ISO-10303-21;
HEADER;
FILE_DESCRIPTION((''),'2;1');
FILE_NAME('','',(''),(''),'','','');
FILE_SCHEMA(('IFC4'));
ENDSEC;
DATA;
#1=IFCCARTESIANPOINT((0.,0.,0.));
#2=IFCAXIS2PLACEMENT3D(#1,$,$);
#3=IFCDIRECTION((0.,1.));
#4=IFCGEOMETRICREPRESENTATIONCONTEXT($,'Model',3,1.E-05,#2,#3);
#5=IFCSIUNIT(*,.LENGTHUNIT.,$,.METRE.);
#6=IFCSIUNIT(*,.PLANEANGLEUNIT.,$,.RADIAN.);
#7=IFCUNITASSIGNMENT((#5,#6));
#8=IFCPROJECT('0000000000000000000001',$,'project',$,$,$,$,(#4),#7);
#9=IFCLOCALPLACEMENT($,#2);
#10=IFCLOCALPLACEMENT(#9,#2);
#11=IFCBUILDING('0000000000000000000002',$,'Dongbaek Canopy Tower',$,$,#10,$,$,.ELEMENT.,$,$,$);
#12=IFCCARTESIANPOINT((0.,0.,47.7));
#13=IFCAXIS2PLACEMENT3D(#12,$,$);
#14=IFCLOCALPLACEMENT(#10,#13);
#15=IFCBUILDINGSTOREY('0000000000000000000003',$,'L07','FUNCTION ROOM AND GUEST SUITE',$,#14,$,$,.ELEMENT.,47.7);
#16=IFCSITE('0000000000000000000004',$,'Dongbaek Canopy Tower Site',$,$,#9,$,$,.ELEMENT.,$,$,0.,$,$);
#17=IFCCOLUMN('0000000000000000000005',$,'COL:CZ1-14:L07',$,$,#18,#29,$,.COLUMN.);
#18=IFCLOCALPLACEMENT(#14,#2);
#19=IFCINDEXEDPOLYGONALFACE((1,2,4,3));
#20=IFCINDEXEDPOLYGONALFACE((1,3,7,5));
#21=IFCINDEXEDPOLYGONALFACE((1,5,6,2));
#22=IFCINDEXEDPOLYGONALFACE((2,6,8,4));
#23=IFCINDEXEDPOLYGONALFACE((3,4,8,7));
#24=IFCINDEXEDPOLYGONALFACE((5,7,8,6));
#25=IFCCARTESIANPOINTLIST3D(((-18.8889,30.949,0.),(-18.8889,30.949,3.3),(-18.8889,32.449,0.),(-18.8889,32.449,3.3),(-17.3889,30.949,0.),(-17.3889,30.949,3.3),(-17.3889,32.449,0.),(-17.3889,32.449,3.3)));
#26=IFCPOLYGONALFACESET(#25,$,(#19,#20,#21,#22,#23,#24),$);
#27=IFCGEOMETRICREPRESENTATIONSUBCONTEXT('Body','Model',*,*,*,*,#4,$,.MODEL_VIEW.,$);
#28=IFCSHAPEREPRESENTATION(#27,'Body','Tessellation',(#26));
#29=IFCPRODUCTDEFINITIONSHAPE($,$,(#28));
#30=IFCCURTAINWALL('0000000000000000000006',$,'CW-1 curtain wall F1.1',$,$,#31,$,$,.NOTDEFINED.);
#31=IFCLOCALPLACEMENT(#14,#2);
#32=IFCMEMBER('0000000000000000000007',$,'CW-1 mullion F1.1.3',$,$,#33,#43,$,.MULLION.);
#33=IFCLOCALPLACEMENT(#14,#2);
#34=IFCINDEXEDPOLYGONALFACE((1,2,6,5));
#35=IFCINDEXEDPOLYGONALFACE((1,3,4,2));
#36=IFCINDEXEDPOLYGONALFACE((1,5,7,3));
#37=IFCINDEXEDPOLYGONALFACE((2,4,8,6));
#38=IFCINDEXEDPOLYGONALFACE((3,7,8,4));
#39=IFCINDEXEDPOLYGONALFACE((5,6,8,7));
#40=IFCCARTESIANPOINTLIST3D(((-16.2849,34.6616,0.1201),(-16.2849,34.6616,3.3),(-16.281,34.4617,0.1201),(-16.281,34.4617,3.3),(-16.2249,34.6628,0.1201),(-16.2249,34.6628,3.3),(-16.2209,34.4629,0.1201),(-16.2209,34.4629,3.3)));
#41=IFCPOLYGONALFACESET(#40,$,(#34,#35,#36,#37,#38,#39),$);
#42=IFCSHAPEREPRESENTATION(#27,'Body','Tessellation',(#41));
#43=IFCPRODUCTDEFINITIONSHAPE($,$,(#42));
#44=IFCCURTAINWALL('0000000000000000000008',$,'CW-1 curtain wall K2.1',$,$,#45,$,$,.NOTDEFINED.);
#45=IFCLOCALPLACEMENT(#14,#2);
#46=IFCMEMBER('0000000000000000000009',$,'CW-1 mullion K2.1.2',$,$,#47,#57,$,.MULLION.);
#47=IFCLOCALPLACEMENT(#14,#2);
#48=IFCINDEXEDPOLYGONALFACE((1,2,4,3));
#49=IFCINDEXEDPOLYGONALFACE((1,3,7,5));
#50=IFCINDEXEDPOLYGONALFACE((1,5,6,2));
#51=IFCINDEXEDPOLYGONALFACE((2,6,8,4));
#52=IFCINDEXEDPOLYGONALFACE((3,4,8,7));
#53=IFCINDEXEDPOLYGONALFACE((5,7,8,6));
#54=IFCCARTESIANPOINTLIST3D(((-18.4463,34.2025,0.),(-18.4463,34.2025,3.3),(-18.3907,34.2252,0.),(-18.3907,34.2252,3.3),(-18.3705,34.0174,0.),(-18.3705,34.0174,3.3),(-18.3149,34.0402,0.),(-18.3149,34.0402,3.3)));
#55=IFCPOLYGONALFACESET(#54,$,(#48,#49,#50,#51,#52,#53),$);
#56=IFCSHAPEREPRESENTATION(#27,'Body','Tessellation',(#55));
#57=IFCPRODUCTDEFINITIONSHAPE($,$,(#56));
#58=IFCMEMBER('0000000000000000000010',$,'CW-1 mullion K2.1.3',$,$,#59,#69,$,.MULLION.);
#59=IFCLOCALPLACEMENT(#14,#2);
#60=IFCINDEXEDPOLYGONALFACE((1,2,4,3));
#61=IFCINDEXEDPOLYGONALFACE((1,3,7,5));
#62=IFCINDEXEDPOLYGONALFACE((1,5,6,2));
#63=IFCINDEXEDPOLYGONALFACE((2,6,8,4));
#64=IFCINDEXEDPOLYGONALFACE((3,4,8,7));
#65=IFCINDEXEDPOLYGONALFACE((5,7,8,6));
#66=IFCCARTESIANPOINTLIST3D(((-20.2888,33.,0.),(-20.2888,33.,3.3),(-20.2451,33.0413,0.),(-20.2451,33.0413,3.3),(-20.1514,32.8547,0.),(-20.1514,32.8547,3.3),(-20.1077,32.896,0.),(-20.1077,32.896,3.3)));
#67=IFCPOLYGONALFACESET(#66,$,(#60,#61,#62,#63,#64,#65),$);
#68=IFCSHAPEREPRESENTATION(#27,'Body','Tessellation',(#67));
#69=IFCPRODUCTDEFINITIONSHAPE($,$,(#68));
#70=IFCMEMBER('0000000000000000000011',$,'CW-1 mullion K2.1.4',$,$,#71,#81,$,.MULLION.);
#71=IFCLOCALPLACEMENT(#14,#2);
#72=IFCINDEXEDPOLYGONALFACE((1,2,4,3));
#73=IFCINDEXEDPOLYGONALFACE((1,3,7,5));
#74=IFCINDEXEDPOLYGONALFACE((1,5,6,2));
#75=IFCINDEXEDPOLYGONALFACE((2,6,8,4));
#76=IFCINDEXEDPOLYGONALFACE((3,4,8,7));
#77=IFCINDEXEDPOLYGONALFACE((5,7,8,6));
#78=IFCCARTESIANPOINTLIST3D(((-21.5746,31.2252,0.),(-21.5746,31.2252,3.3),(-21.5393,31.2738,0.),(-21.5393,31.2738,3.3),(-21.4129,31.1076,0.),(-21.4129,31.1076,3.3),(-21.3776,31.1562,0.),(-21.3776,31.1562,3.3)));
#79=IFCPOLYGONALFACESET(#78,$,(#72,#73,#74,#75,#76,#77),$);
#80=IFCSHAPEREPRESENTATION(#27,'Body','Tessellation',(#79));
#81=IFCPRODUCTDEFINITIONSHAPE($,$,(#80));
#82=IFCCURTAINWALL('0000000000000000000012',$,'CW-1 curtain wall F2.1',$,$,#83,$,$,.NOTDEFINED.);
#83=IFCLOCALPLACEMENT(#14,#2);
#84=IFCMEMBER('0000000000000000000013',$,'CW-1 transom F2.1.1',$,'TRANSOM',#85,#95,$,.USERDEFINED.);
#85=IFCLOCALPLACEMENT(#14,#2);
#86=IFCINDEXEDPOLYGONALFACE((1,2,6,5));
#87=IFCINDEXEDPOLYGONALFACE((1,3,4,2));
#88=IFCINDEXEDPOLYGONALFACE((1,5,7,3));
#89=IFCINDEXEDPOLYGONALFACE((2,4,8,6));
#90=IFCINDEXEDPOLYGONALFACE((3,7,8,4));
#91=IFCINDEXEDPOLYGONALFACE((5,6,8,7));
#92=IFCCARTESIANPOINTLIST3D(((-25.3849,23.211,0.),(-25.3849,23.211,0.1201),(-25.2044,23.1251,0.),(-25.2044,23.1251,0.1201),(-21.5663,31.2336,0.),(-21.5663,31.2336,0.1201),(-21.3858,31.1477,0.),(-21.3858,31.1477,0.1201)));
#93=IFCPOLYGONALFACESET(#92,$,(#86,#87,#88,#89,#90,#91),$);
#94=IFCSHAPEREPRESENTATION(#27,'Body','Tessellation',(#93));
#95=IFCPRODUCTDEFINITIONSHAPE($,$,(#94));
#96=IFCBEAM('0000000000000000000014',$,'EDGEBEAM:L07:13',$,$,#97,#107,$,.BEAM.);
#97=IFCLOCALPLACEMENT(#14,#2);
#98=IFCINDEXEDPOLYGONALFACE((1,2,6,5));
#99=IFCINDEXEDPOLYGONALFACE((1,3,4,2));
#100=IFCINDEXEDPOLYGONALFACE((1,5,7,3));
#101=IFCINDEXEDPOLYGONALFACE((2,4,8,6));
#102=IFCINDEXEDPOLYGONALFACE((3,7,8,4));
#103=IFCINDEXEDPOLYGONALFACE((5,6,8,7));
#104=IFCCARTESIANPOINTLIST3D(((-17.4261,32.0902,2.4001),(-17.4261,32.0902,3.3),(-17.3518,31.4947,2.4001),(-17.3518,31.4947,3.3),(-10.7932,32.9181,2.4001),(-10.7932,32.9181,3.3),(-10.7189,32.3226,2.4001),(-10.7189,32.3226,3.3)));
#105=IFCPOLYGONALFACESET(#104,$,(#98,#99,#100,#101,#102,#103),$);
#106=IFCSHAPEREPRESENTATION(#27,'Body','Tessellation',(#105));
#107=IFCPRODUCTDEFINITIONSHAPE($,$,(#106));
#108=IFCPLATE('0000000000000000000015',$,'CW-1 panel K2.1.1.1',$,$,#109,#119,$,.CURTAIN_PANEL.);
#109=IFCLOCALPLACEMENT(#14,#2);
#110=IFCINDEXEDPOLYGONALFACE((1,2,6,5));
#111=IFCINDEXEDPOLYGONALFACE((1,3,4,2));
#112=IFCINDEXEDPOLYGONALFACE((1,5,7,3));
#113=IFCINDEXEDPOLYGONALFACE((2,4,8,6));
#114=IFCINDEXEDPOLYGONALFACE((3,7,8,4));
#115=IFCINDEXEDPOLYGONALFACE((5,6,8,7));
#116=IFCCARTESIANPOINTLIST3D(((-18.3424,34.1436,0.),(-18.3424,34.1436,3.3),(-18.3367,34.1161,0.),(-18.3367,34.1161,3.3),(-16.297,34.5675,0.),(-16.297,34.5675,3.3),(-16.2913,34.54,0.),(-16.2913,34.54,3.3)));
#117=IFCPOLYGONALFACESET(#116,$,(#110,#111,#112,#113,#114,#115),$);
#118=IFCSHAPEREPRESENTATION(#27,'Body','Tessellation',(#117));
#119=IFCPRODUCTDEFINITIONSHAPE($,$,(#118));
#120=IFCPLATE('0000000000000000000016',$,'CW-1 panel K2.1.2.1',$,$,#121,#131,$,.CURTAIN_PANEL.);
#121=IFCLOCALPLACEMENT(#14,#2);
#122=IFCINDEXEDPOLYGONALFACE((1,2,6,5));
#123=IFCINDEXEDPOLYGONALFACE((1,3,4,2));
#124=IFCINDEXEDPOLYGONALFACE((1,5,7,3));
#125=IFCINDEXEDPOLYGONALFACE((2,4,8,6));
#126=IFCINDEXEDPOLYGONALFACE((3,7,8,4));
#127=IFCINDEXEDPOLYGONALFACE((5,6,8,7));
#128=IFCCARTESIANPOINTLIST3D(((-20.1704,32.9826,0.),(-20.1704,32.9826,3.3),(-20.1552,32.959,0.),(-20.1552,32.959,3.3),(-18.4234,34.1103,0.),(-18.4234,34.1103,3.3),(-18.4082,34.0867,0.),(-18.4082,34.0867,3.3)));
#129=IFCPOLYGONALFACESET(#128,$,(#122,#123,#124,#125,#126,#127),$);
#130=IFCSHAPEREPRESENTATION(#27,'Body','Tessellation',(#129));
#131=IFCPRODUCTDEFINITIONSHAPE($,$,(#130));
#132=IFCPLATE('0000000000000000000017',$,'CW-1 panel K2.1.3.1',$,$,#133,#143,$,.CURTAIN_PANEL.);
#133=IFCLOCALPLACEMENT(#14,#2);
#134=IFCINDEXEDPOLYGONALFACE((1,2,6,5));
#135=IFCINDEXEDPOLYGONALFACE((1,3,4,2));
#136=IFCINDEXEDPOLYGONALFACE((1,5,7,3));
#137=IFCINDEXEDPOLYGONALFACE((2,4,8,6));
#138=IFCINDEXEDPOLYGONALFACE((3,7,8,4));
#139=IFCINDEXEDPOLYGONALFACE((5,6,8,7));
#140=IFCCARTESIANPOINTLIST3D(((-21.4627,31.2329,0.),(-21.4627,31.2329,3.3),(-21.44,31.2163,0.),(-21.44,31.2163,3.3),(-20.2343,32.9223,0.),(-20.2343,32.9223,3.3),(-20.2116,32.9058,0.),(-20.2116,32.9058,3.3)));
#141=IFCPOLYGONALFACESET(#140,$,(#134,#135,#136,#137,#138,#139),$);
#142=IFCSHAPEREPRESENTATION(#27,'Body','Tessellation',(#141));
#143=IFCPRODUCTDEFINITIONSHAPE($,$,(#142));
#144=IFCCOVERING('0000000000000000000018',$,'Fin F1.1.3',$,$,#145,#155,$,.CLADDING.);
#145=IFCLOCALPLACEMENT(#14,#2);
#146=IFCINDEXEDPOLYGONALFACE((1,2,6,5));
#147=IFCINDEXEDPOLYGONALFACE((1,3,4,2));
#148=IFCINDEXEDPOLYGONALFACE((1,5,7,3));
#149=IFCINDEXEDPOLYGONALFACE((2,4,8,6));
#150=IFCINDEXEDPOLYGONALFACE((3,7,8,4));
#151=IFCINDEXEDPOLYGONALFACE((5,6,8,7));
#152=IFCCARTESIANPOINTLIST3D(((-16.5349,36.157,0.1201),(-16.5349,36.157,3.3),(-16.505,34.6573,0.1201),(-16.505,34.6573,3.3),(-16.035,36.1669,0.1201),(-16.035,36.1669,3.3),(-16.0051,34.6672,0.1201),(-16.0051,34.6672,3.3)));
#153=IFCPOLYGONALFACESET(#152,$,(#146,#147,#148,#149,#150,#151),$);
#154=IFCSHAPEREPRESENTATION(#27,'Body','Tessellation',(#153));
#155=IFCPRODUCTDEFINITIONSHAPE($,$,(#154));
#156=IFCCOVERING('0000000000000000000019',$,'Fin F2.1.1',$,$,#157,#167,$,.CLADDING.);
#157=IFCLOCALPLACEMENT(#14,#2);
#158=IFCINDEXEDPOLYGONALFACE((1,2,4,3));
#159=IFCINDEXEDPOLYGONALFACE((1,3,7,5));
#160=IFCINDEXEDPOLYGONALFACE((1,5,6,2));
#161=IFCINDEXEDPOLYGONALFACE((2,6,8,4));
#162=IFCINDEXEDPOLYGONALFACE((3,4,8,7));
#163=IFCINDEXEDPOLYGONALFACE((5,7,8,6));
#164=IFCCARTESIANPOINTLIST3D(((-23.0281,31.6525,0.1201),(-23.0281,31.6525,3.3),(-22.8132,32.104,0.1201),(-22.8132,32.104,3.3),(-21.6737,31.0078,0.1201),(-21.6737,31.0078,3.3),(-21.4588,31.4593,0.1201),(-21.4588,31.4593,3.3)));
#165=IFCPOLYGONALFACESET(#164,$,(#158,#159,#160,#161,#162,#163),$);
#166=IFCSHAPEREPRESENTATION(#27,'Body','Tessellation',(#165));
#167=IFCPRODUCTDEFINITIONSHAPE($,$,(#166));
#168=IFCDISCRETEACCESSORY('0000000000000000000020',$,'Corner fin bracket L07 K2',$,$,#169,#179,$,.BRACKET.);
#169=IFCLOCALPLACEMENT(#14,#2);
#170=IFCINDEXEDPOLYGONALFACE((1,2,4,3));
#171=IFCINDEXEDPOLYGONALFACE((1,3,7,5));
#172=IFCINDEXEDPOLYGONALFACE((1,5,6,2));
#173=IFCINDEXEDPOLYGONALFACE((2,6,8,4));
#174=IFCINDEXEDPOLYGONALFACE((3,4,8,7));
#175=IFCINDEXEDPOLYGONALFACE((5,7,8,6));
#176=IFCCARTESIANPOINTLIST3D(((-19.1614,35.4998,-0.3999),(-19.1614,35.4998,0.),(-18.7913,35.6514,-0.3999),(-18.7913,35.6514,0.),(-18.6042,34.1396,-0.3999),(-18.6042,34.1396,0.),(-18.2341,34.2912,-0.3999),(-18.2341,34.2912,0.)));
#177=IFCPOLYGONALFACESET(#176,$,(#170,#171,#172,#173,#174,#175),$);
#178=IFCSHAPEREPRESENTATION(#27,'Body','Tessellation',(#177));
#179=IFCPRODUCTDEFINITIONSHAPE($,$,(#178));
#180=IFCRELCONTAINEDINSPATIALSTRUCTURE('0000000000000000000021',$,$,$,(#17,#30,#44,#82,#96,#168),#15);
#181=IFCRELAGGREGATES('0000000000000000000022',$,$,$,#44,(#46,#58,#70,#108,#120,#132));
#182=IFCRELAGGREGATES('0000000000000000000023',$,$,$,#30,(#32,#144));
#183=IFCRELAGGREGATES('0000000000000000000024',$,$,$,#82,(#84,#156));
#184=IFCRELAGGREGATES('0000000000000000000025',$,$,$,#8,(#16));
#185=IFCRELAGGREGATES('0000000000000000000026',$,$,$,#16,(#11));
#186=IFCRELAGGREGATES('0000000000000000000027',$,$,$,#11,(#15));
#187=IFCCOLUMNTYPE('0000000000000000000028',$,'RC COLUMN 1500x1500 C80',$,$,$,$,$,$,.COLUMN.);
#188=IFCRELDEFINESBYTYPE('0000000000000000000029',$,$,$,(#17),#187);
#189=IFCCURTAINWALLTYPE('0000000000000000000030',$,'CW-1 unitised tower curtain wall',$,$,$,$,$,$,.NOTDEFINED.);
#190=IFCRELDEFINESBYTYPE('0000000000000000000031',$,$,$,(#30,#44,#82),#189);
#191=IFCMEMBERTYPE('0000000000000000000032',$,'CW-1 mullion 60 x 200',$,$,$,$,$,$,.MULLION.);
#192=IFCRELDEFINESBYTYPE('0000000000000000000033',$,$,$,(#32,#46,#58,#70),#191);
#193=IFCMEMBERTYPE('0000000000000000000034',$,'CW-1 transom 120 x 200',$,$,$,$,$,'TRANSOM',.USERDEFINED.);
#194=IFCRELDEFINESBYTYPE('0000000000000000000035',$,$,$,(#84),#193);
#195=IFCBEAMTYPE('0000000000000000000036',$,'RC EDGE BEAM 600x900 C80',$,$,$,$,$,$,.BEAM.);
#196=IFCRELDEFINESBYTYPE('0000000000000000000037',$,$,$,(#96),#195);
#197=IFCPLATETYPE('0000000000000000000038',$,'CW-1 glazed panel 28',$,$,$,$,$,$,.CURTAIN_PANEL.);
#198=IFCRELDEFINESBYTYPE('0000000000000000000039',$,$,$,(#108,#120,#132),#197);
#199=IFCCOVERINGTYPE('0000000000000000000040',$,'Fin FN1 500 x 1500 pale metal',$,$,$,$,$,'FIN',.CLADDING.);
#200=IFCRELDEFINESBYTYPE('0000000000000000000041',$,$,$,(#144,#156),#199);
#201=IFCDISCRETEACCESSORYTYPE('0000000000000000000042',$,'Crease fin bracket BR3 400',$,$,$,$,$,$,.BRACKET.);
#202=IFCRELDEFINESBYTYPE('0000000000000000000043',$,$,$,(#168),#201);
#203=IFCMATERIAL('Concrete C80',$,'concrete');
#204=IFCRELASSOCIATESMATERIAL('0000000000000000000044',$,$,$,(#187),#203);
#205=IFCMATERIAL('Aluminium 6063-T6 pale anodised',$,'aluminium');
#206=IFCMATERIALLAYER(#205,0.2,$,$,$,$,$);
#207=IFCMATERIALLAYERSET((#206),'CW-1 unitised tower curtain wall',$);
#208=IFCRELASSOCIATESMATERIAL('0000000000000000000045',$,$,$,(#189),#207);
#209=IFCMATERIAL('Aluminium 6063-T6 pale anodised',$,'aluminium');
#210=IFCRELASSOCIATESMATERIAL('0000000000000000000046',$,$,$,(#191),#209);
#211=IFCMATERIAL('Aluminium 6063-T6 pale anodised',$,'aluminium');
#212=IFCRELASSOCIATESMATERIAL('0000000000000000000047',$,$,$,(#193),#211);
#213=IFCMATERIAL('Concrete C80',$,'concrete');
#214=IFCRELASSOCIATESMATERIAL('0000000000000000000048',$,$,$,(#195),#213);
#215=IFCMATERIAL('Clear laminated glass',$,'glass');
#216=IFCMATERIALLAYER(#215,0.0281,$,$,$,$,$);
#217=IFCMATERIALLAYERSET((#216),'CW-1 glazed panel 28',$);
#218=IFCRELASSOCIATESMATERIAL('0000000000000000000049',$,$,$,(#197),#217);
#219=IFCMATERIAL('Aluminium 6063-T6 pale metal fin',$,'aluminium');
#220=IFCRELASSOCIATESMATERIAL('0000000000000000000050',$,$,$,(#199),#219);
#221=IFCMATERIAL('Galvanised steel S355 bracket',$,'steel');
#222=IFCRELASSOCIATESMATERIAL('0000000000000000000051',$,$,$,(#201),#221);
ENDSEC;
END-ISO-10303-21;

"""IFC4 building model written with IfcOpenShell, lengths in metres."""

from ifc_helpers import new_model, si_unit, direction, frame, origin, origin_2d, place, context, subcontext, project, spatial, rectangle, extrude, material, layer, layer_set, material_profile, profile_set, type_object, element, aggregate, save


model = new_model("IFC4")

# Units and contexts
model_context = context("Model", 3, precision=1e-05, world=origin(), true_north=direction((0.0, 1.0)))
body_context = subcontext(model_context, "Body", "Model", "MODEL_VIEW")
ifc_project = project(units=[si_unit("LENGTHUNIT", "METRE"), si_unit("PLANEANGLEUNIT", "RADIAN")], contexts=[model_context])

# Site, building, storey
site_placement = place(None, origin())
site = spatial("IfcSite", under=ifc_project, at=site_placement, Name="Dongbaek Canopy Tower Site", CompositionType="ELEMENT", RefElevation=0.0)
building_placement = place(site_placement, origin())
building = spatial("IfcBuilding", under=site, at=building_placement, Name="Dongbaek Canopy Tower", CompositionType="ELEMENT")
storey_placement = place(building_placement, frame((0.0, 0.0, 47.7)))
storey = spatial("IfcBuildingStorey", under=building, at=storey_placement, Name="L07", Description="FUNCTION ROOM AND GUEST SUITE", CompositionType="ELEMENT", Elevation=47.7)

# Column
ifc_material_1 = material(Name="Concrete C80", Category="concrete")
ifc_material_profile_1 = material_profile(ifc_material_1, rectangle(XDim=1.5, YDim=1.5, at=origin_2d()), Name="RC COLUMN 1500x1500 C80")
ifc_profile_set_1 = profile_set([ifc_material_profile_1], Name="Concrete C80")
column_type = type_object("IfcColumnType", Name="RC COLUMN 1500x1500 C80", PredefinedType="COLUMN", material=ifc_profile_set_1)
column_placement = place(storey_placement, frame((-18.1389, 31.699, 0.0), z_axis=(0.0, 0.0, 1.0), x_axis=(1.0, 0.0, 0.0)))
element("IfcColumn", 1, at=column_placement, inside=storey, type_object=column_type, Name="COL:CZ1-14:L07", PredefinedType="COLUMN", context=body_context, shape_type="SweptSolid", body=[
    extrude(rectangle(XDim=1.5, YDim=1.5, at=origin_2d()), origin(), (0.0, 0.0, 1.0), 3.3),
])

# Curtain wall, member
ifc_material_2 = material(Name="Aluminium 6063-T6 pale anodised", Category="aluminium")
ifc_layer_1 = layer(ifc_material_2, 0.2)
ifc_layer_set_1 = layer_set([ifc_layer_1], Name="CW-1 unitised tower curtain wall")
curtain_wall_type = type_object("IfcCurtainWallType", Name="CW-1 unitised tower curtain wall", PredefinedType="NOTDEFINED", material=ifc_layer_set_1)
curtain_wall_1_placement = place(storey_placement, origin())
curtain_wall_1 = element("IfcCurtainWall", 2, at=curtain_wall_1_placement, inside=storey, type_object=curtain_wall_type, Name="CW-1 curtain wall F1.1", PredefinedType="NOTDEFINED")
ifc_material_3 = material(Name="Aluminium 6063-T6 pale anodised", Category="aluminium")
ifc_material_profile_2 = material_profile(ifc_material_3, rectangle(XDim=0.2, YDim=0.0601, at=origin_2d()), Name="CW-1 mullion 60 x 200")
ifc_profile_set_2 = profile_set([ifc_material_profile_2], Name="Aluminium 6063-T6 pale anodised")
member_type_1 = type_object("IfcMemberType", Name="CW-1 mullion 60 x 200", PredefinedType="MULLION", material=ifc_profile_set_2)
member_1_placement = place(storey_placement, frame((-16.2529, 34.5623, 0.1201), z_axis=(0.0, 0.0, 1.0), x_axis=(-0.019926, 0.999801, 0.0)))
member_1 = element("IfcMember", 3, at=member_1_placement, type_object=member_type_1, Name="CW-1 mullion F1.1.3", PredefinedType="MULLION", context=body_context, shape_type="SweptSolid", body=[
    extrude(rectangle(XDim=0.2, YDim=0.0601, at=origin_2d()), origin(), (0.0, 0.0, 1.0), 3.1799),
])

# Curtain wall, members
curtain_wall_2_placement = place(storey_placement, origin())
curtain_wall_2 = element("IfcCurtainWall", 4, at=curtain_wall_2_placement, inside=storey, type_object=curtain_wall_type, Name="CW-1 curtain wall K2.1", PredefinedType="NOTDEFINED")
member_2_placement = place(storey_placement, frame((-18.3806, 34.1213, 0.0), z_axis=(0.0, 0.0, 1.0), x_axis=(-0.379075, 0.925366, 0.0)))
member_2 = element("IfcMember", 5, at=member_2_placement, type_object=member_type_1, Name="CW-1 mullion K2.1.2", PredefinedType="MULLION", context=body_context, shape_type="SweptSolid", body=[
    extrude(rectangle(XDim=0.2, YDim=0.0601, at=origin_2d()), origin(), (0.0, 0.0, 1.0), 3.3),
])
member_3_placement = place(storey_placement, frame((-20.1982, 32.948, 0.0), z_axis=(0.0, 0.0, 1.0), x_axis=(-0.687228, 0.726442, 0.0)))
member_3 = element("IfcMember", 6, at=member_3_placement, type_object=member_type_1, Name="CW-1 mullion K2.1.3", PredefinedType="MULLION", context=body_context, shape_type="SweptSolid", body=[
    extrude(rectangle(XDim=0.2, YDim=0.0601, at=origin_2d()), origin(), (0.0, 0.0, 1.0), 3.3),
])
member_4_placement = place(storey_placement, frame((-21.4761, 31.1907, 0.0), z_axis=(0.0, 0.0, 1.0), x_axis=(-0.808796, 0.58809, 0.0)))
member_4 = element("IfcMember", 7, at=member_4_placement, type_object=member_type_1, Name="CW-1 mullion K2.1.4", PredefinedType="MULLION", context=body_context, shape_type="SweptSolid", body=[
    extrude(rectangle(XDim=0.2, YDim=0.0601, at=origin_2d()), origin(), (0.0, 0.0, 1.0), 3.3),
])

# Curtain wall, member
curtain_wall_3_placement = place(storey_placement, origin())
curtain_wall_3 = element("IfcCurtainWall", 8, at=curtain_wall_3_placement, inside=storey, type_object=curtain_wall_type, Name="CW-1 curtain wall F2.1", PredefinedType="NOTDEFINED")
ifc_material_4 = material(Name="Aluminium 6063-T6 pale anodised", Category="aluminium")
ifc_material_profile_3 = material_profile(ifc_material_4, rectangle(XDim=0.2, YDim=0.1201, at=origin_2d()), Name="CW-1 transom 120 x 200")
ifc_profile_set_3 = profile_set([ifc_material_profile_3], Name="Aluminium 6063-T6 pale anodised")
member_type_2 = type_object("IfcMemberType", Name="CW-1 transom 120 x 200", ElementType="TRANSOM", PredefinedType="USERDEFINED", material=ifc_profile_set_3)
member_5_placement = place(storey_placement, frame((-21.4761, 31.1907, 0.0601), z_axis=(-0.429775, -0.902936, 0.0), x_axis=(0.902936, -0.429775, 0.0)))
member_5 = element("IfcMember", 9, at=member_5_placement, type_object=member_type_2, Name="CW-1 transom F2.1.1", ObjectType="TRANSOM", PredefinedType="USERDEFINED", context=body_context, shape_type="SweptSolid", body=[
    extrude(rectangle(XDim=0.2, YDim=0.1201, at=origin_2d()), origin(), (0.0, 0.0, 1.0), 8.885),
])

# Beam
ifc_material_5 = material(Name="Concrete C80", Category="concrete")
ifc_material_profile_4 = material_profile(ifc_material_5, rectangle(XDim=0.6001, YDim=0.8999, at=origin_2d()), Name="RC EDGE BEAM 600x900 C80")
ifc_profile_set_4 = profile_set([ifc_material_profile_4], Name="Concrete C80")
beam_type = type_object("IfcBeamType", Name="RC EDGE BEAM 600x900 C80", PredefinedType="BEAM", material=ifc_profile_set_4)
beam_placement = place(storey_placement, frame((-17.3889, 31.7925, 2.8501), z_axis=(0.9923, 0.123855, 0.0), x_axis=(-0.123855, 0.9923, 0.0)))
element("IfcBeam", 10, at=beam_placement, inside=storey, type_object=beam_type, Name="EDGEBEAM:L07:13", PredefinedType="BEAM", context=body_context, shape_type="SweptSolid", body=[
    extrude(rectangle(XDim=0.6001, YDim=0.8999, at=origin_2d()), origin(), (0.0, 0.0, 1.0), 6.6843),
])

# Plates
ifc_material_6 = material(Name="Clear laminated glass", Category="glass")
ifc_layer_2 = layer(ifc_material_6, 0.0281)
ifc_layer_set_2 = layer_set([ifc_layer_2], Name="CW-1 glazed panel 28")
plate_type = type_object("IfcPlateType", Name="CW-1 glazed panel 28", PredefinedType="CURTAIN_PANEL", material=ifc_layer_set_2)
plate_1_placement = place(storey_placement, frame((-17.3169, 34.3418, 0.0), z_axis=(0.0, 0.0, 1.0), x_axis=(-0.979191, -0.202942, 0.0)))
plate_1 = element("IfcPlate", 11, at=plate_1_placement, type_object=plate_type, Name="CW-1 panel K2.1.1.1", PredefinedType="CURTAIN_PANEL", context=body_context, shape_type="SweptSolid", body=[
    extrude(rectangle(XDim=2.0889, YDim=0.0281, at=origin_2d()), origin(), (0.0, 0.0, 1.0), 3.3),
])
plate_2_placement = place(storey_placement, frame((-19.2893, 33.5347, 0.0), z_axis=(0.0, 0.0, 1.0), x_axis=(-0.840153, -0.54235, 0.0)))
plate_2 = element("IfcPlate", 12, at=plate_2_placement, type_object=plate_type, Name="CW-1 panel K2.1.2.1", PredefinedType="CURTAIN_PANEL", context=body_context, shape_type="SweptSolid", body=[
    extrude(rectangle(XDim=2.0793, YDim=0.0281, at=origin_2d()), origin(), (0.0, 0.0, 1.0), 3.3),
])
plate_3_placement = place(storey_placement, frame((-20.8372, 32.0693, 0.0), z_axis=(0.0, 0.0, 1.0), x_axis=(-0.58809, -0.808796, 0.0)))
plate_3 = element("IfcPlate", 13, at=plate_3_placement, type_object=plate_type, Name="CW-1 panel K2.1.3.1", PredefinedType="CURTAIN_PANEL", context=body_context, shape_type="SweptSolid", body=[
    extrude(rectangle(XDim=2.0889, YDim=0.0281, at=origin_2d()), origin(), (0.0, 0.0, 1.0), 3.3),
])
aggregate(curtain_wall_2, [member_2, member_3, member_4, plate_1, plate_2, plate_3])

# Coverings
ifc_material_7 = material(Name="Aluminium 6063-T6 pale metal fin", Category="aluminium")
ifc_material_profile_5 = material_profile(ifc_material_7, rectangle(XDim=1.5, YDim=0.5, at=origin_2d()), Name="Fin FN1 500 x 1500 pale metal")
ifc_profile_set_5 = profile_set([ifc_material_profile_5], Name="Aluminium 6063-T6 pale metal fin")
covering_type = type_object("IfcCoveringType", Name="Fin FN1 500 x 1500 pale metal", ElementType="FIN", PredefinedType="CLADDING", material=ifc_profile_set_5)
covering_1_placement = place(storey_placement, frame((-16.27, 35.4121, 0.1201), z_axis=(0.0, 0.0, 1.0), x_axis=(-0.019926, 0.999801, 0.0)))
covering_1 = element("IfcCovering", 14, at=covering_1_placement, type_object=covering_type, Name="Fin F1.1.3", PredefinedType="CLADDING", context=body_context, shape_type="SweptSolid", body=[
    extrude(rectangle(XDim=1.5, YDim=0.5, at=origin_2d()), origin(), (0.0, 0.0, 1.0), 3.1799),
])
aggregate(curtain_wall_1, [member_1, covering_1])
covering_2_placement = place(storey_placement, frame((-22.2434, 31.5559, 0.1201), z_axis=(0.0, 0.0, 1.0), x_axis=(-0.902929, 0.42979, 0.0)))
covering_2 = element("IfcCovering", 15, at=covering_2_placement, type_object=covering_type, Name="Fin F2.1.1", PredefinedType="CLADDING", context=body_context, shape_type="SweptSolid", body=[
    extrude(rectangle(XDim=1.5, YDim=0.5, at=origin_2d()), origin(), (0.0, 0.0, 1.0), 3.1799),
])
aggregate(curtain_wall_3, [member_5, covering_2])

# Discrete accessory
ifc_material_8 = material(Name="Galvanised steel S355 bracket", Category="steel")
discrete_accessory_type = type_object("IfcDiscreteAccessoryType", Name="Crease fin bracket BR3 400", PredefinedType="BRACKET", material=ifc_material_8)
discrete_accessory_placement = place(storey_placement, frame((-18.6978, 34.8955, -0.3999), z_axis=(0.0, 0.0, 1.0), x_axis=(-0.379075, 0.925366, 0.0)))
element("IfcDiscreteAccessory", 16, at=discrete_accessory_placement, inside=storey, type_object=discrete_accessory_type, Name="Corner fin bracket L07 K2", PredefinedType="BRACKET", context=body_context, shape_type="SweptSolid", body=[
    extrude(rectangle(XDim=1.47, YDim=0.3999, at=origin_2d()), origin(), (0.0, 0.0, 1.0), 0.3999),
])

save(model, "model.ifc")
